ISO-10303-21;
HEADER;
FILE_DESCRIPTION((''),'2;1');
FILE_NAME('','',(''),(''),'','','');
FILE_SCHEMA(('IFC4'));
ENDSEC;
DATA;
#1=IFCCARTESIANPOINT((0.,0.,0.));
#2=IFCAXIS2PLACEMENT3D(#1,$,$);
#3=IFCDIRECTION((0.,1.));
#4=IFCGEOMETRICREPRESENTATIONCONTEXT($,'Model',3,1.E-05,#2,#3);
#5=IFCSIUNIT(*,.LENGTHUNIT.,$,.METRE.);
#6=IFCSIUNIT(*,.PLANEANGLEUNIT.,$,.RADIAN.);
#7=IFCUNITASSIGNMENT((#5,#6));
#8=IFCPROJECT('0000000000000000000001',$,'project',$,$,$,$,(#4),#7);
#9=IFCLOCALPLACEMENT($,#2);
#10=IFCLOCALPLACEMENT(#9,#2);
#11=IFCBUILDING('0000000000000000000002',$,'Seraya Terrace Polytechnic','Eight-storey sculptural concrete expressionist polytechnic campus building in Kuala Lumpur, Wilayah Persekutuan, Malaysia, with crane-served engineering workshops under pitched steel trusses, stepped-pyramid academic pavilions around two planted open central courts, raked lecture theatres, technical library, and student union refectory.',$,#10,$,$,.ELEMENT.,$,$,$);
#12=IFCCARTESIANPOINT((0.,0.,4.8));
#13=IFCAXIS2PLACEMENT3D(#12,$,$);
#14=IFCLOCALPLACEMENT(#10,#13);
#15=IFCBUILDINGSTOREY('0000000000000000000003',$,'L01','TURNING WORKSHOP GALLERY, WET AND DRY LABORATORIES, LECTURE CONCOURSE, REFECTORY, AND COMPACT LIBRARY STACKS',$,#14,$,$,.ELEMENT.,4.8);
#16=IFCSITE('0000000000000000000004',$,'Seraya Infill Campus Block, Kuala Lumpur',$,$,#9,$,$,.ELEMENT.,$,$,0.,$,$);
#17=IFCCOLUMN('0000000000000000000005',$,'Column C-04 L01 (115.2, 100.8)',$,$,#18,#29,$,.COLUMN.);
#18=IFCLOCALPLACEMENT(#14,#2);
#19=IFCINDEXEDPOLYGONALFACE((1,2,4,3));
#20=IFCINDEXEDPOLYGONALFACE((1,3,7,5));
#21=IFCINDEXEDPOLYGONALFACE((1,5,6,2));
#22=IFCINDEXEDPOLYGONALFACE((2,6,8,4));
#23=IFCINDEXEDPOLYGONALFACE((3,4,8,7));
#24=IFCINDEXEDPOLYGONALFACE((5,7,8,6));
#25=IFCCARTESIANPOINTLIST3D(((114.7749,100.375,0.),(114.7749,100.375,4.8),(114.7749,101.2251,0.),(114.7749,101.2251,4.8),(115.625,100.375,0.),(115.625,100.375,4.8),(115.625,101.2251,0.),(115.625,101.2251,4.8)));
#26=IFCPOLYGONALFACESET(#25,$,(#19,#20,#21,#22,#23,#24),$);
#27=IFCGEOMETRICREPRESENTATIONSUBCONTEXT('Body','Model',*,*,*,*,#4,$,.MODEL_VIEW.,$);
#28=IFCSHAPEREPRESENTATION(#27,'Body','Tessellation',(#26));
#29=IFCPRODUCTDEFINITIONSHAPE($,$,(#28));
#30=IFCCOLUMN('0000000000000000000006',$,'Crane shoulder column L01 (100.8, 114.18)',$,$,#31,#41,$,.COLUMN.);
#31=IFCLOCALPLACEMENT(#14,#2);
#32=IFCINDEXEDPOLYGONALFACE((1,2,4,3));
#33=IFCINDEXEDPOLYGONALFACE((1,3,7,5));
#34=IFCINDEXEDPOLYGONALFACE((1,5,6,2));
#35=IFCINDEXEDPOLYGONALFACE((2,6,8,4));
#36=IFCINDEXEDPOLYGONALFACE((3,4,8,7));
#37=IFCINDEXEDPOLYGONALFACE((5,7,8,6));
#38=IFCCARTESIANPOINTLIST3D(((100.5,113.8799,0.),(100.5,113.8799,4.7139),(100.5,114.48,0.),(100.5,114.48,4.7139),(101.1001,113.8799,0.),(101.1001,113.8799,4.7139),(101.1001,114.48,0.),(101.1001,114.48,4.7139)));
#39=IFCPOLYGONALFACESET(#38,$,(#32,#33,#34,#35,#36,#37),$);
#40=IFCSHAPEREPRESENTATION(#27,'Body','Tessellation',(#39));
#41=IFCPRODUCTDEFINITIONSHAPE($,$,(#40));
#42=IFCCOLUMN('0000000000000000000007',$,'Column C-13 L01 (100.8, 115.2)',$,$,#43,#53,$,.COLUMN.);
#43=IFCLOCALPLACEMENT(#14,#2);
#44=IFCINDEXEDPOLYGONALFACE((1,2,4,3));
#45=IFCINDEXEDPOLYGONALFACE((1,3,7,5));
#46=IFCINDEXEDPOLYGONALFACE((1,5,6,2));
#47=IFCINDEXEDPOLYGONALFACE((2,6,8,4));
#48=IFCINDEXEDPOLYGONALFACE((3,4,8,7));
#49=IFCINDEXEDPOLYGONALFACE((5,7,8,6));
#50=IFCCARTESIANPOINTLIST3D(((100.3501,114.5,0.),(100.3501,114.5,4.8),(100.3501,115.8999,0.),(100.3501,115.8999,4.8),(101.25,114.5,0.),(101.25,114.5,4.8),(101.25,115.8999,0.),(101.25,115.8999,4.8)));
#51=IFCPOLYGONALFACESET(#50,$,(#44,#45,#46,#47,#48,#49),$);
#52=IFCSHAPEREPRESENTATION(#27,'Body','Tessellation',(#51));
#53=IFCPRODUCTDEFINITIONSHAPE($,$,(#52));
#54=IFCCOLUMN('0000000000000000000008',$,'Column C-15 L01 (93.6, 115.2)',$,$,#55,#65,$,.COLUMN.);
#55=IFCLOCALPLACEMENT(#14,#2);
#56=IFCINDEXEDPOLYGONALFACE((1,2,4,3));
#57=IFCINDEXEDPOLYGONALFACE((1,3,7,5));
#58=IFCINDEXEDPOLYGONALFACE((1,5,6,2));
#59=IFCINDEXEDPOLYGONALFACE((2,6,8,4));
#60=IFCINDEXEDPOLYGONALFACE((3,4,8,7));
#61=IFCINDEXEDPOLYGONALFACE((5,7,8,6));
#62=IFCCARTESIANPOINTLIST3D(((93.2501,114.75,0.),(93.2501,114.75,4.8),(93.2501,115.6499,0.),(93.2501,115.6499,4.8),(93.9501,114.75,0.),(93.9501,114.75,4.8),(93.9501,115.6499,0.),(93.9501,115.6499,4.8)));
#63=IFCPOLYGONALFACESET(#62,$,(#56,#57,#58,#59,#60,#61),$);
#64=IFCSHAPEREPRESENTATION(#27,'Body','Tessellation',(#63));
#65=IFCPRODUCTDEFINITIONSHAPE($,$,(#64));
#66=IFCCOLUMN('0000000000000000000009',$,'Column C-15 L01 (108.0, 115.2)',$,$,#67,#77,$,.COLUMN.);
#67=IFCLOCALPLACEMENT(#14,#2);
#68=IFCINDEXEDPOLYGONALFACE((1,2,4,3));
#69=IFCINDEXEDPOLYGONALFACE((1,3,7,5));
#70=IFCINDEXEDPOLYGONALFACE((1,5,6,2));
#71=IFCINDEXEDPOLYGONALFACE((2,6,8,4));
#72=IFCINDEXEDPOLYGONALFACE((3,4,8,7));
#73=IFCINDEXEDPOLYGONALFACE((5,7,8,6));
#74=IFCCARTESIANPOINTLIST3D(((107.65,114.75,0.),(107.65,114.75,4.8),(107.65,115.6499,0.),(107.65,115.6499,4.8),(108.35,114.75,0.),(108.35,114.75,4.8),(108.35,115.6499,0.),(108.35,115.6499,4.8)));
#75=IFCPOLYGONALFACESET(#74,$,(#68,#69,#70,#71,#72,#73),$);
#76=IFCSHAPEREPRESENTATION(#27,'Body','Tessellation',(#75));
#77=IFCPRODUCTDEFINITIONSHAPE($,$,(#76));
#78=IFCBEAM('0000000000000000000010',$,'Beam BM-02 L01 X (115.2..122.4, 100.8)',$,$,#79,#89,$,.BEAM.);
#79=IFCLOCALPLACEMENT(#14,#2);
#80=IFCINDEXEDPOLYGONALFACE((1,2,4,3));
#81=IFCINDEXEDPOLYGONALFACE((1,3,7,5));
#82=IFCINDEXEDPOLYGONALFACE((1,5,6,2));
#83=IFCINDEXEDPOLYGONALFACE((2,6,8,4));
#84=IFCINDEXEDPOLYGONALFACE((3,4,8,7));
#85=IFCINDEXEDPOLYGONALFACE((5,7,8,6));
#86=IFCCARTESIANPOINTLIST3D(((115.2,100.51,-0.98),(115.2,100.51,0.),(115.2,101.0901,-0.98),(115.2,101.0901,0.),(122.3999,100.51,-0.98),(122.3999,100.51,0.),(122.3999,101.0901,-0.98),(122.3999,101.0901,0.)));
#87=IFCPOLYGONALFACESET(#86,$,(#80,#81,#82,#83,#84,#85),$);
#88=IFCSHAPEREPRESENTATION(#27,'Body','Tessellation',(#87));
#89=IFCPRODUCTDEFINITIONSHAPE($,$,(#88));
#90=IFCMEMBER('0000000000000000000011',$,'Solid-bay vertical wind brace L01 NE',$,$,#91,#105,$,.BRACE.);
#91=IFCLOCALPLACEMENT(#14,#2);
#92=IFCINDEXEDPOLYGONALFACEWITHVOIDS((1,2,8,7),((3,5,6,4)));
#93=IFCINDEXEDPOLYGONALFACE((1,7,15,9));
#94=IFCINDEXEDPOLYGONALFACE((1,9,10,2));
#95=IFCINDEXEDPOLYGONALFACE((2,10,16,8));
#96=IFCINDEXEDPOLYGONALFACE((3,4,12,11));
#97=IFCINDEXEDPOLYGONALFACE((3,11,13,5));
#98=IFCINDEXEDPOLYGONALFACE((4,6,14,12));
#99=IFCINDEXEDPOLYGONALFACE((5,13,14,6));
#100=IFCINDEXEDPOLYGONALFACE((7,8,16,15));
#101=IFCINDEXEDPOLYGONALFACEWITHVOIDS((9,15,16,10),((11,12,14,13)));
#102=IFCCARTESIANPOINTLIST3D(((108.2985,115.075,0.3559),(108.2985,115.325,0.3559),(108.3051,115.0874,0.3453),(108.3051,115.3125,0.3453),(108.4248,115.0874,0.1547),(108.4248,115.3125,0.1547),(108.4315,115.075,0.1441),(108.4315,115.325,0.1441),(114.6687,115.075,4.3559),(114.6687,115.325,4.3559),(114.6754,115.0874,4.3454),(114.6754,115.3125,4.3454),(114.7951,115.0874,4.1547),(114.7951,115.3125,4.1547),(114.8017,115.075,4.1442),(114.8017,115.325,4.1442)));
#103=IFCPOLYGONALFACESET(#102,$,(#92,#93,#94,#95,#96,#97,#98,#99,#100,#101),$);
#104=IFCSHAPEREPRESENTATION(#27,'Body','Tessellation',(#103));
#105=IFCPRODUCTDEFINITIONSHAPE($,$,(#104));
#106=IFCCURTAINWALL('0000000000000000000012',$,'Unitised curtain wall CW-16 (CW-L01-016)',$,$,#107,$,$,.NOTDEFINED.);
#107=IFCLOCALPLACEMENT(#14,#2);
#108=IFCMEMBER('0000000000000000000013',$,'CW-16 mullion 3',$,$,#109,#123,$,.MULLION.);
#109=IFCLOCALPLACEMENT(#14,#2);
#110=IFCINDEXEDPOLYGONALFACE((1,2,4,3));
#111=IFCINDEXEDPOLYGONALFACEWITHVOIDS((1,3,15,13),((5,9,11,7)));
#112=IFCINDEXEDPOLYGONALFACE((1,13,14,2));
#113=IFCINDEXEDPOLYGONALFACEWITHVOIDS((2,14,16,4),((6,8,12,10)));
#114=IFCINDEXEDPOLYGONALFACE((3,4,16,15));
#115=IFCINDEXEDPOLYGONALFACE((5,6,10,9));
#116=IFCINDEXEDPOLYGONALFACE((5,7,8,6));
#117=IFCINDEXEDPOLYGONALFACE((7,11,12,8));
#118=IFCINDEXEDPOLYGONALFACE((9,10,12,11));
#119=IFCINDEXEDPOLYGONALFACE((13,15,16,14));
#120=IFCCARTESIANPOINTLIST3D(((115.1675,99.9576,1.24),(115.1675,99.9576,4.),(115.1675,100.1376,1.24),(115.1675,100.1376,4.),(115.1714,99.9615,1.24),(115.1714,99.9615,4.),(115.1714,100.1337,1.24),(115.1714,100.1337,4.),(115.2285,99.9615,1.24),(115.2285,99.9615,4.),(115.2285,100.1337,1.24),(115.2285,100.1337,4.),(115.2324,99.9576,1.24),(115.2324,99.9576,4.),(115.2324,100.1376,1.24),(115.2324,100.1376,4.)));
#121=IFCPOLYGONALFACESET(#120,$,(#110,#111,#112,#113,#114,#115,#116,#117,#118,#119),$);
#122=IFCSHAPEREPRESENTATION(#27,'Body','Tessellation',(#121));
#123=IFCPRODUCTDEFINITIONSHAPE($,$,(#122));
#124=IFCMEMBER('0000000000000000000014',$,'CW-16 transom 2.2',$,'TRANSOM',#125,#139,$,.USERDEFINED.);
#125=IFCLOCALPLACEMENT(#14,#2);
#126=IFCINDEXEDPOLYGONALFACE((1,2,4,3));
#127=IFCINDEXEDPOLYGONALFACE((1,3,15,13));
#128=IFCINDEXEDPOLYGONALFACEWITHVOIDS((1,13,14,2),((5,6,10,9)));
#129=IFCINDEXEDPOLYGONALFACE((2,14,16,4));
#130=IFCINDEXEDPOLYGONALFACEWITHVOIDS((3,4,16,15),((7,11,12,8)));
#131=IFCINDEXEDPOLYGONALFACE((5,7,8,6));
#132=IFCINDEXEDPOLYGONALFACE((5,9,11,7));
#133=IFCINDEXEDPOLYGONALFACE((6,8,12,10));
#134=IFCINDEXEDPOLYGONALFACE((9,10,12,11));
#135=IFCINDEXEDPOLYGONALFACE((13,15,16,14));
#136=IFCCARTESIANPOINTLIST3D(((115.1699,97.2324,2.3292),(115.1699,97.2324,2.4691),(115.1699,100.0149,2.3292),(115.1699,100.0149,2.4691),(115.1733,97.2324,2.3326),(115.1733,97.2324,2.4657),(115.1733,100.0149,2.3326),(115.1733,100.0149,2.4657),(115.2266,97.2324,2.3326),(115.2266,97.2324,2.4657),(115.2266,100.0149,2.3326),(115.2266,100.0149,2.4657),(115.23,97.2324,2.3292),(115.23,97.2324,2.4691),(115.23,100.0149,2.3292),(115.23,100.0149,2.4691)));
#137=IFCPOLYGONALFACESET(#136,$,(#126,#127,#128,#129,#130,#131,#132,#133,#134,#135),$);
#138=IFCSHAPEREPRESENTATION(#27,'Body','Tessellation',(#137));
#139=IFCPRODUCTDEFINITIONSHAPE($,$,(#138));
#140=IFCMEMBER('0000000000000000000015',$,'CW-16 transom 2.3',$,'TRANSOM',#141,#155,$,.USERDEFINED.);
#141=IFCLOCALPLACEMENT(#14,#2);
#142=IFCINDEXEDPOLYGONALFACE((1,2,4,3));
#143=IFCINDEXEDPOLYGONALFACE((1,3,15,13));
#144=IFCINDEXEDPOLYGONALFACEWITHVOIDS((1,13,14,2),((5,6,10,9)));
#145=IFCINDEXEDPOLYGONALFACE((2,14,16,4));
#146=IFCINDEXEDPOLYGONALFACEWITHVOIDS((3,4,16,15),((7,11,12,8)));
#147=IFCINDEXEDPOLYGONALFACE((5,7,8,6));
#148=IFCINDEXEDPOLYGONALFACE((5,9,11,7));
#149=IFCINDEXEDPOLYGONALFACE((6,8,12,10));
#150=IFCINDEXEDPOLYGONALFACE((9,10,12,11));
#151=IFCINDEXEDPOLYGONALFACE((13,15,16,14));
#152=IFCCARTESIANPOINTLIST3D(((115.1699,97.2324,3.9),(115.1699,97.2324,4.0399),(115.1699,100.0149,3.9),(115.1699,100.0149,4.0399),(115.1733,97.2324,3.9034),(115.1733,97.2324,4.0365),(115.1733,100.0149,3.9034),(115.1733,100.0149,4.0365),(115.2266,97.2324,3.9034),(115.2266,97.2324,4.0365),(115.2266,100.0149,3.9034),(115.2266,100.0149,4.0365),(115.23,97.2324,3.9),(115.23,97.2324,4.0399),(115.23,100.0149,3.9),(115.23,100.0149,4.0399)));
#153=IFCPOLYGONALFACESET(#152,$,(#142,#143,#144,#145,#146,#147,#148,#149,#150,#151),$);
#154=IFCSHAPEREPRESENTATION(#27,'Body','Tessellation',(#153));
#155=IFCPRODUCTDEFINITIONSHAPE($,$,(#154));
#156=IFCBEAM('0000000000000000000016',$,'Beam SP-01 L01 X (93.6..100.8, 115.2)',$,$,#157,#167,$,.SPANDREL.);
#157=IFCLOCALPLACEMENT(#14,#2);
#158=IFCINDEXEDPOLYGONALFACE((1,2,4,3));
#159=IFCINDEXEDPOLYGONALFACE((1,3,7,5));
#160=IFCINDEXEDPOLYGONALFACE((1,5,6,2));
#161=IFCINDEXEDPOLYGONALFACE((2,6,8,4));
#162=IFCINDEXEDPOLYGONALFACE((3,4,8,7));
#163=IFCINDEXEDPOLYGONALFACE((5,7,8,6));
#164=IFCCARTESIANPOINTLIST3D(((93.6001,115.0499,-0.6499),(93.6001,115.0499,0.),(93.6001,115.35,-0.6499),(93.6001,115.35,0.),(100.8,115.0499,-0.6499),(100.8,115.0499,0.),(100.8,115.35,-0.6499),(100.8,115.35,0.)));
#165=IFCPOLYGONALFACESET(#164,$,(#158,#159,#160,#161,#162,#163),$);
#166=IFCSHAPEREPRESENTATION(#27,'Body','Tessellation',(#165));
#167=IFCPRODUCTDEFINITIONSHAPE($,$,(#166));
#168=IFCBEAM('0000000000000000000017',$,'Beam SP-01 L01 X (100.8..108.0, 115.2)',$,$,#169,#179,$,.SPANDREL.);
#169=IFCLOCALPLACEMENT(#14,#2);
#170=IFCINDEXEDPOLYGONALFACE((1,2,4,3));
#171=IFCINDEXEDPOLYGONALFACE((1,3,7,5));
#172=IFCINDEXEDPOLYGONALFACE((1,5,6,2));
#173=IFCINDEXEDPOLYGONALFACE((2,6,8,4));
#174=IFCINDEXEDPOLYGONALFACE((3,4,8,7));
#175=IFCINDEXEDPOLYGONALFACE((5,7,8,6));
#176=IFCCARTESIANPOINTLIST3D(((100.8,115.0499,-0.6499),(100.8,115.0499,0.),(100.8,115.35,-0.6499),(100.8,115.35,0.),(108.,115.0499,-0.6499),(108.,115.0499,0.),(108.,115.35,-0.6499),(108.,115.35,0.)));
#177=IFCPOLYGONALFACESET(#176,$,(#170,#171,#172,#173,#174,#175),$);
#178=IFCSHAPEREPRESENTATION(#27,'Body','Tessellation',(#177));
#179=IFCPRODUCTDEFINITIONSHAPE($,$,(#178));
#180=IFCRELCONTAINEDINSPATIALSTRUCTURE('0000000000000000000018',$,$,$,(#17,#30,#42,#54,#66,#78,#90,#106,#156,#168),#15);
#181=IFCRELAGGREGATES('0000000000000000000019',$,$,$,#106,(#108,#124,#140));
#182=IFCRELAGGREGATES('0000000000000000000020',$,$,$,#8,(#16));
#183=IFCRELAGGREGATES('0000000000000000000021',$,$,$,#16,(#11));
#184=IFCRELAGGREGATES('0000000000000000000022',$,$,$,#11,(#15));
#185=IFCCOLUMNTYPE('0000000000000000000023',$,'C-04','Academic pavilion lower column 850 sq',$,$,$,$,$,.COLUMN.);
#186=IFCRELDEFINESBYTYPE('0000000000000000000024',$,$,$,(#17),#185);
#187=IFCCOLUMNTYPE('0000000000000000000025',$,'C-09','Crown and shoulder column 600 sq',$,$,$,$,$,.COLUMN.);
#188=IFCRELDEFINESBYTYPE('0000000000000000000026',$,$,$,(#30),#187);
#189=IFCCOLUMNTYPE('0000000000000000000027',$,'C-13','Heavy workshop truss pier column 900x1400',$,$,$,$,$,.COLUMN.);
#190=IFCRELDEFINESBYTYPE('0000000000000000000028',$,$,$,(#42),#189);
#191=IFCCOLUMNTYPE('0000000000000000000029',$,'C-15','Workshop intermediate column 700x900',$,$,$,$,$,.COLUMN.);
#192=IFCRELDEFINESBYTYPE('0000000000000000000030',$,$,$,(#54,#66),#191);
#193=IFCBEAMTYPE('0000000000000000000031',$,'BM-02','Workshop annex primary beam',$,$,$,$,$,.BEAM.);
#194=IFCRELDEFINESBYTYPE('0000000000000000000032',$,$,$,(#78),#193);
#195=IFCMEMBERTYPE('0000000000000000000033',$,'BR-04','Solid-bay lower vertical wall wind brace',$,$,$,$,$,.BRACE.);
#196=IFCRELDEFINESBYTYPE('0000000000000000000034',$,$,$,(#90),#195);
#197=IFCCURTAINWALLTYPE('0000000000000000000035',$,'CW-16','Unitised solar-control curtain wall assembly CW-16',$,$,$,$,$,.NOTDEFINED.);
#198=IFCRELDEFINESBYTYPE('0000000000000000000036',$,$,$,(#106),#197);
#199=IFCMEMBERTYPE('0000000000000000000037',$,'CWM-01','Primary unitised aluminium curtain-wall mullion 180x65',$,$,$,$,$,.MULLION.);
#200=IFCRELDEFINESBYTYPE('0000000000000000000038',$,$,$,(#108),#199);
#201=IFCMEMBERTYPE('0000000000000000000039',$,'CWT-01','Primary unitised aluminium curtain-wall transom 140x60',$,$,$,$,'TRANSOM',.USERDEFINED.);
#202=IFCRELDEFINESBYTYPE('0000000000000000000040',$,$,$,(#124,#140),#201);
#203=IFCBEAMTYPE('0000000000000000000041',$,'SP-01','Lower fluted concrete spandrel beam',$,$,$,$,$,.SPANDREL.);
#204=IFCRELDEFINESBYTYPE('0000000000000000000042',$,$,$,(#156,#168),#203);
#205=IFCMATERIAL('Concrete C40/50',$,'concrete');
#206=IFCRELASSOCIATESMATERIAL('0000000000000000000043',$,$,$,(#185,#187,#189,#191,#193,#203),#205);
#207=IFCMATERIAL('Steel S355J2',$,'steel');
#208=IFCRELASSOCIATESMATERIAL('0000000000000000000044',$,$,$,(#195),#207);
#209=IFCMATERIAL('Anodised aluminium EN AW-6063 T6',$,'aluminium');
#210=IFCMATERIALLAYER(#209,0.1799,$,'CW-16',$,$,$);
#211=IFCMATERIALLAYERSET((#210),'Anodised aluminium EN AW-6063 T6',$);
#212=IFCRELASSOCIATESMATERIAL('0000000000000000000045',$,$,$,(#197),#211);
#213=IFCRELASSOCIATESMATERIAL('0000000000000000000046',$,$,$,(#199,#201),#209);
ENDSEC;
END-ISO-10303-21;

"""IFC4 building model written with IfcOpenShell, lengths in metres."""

from ifc_helpers import new_model, si_unit, direction, frame, origin, origin_2d, place, context, subcontext, project, spatial, rectangle, hollow_rectangle, extrude, material, layer, layer_set, material_profile, profile_set, type_object, element, aggregate, save


model = new_model("IFC4")

# Units and contexts
model_context = context("Model", 3, precision=1e-05, world=origin(), true_north=direction((0.0, 1.0)))
body_context = subcontext(model_context, "Body", "Model", "MODEL_VIEW")
ifc_project = project(units=[si_unit("LENGTHUNIT", "METRE"), si_unit("PLANEANGLEUNIT", "RADIAN")], contexts=[model_context])

# Site, building, storey
site_placement = place(None, origin())
site = spatial("IfcSite", under=ifc_project, at=site_placement, Name="Seraya Infill Campus Block, Kuala Lumpur", CompositionType="ELEMENT", RefElevation=0.0)
building_placement = place(site_placement, origin())
building = spatial("IfcBuilding", under=site, at=building_placement, Name="Seraya Terrace Polytechnic", Description="Eight-storey sculptural concrete expressionist polytechnic campus building in Kuala Lumpur, Wilayah Persekutuan, Malaysia, with crane-served engineering workshops under pitched steel trusses, stepped-pyramid academic pavilions around two planted open central courts, raked lecture theatres, technical library, and student union refectory.", CompositionType="ELEMENT")
storey_placement = place(building_placement, frame((0.0, 0.0, 4.8)))
storey = spatial("IfcBuildingStorey", under=building, at=storey_placement, Name="L01", Description="TURNING WORKSHOP GALLERY, WET AND DRY LABORATORIES, LECTURE CONCOURSE, REFECTORY, AND COMPACT LIBRARY STACKS", CompositionType="ELEMENT", Elevation=4.8)

# Columns
ifc_material_1 = material(Name="Concrete C40/50", Category="concrete")
ifc_material_profile_1 = material_profile(ifc_material_1, rectangle(XDim=0.8501, YDim=0.8501, at=origin_2d()), Name="RC 850x850")
ifc_profile_set_1 = profile_set([ifc_material_profile_1], Name="Concrete C40/50")
column_type_1 = type_object("IfcColumnType", Name="C-04", Description="Academic pavilion lower column 850 sq", PredefinedType="COLUMN", material=ifc_profile_set_1)
column_1_placement = place(storey_placement, frame((115.2, 100.8, 0.0), z_axis=(0.0, 0.0, 1.0), x_axis=(1.0, 0.0, 0.0)))
element("IfcColumn", 1, at=column_1_placement, inside=storey, type_object=column_type_1, Name="Column C-04 L01 (115.2, 100.8)", PredefinedType="COLUMN", context=body_context, shape_type="SweptSolid", body=[
    extrude(rectangle(XDim=0.8501, YDim=0.8501, at=origin_2d()), origin(), (0.0, 0.0, 1.0), 4.8),
])
ifc_material_profile_2 = material_profile(ifc_material_1, rectangle(XDim=0.6001, YDim=0.6001, at=origin_2d()), Name="RC 600x600")
ifc_profile_set_2 = profile_set([ifc_material_profile_2], Name="Concrete C40/50")
column_type_2 = type_object("IfcColumnType", Name="C-09", Description="Crown and shoulder column 600 sq", PredefinedType="COLUMN", material=ifc_profile_set_2)
column_2_placement = place(storey_placement, frame((100.8, 114.1799, 0.0), z_axis=(0.0, 0.0, 1.0), x_axis=(1.0, 0.0, 0.0)))
element("IfcColumn", 2, at=column_2_placement, inside=storey, type_object=column_type_2, Name="Crane shoulder column L01 (100.8, 114.18)", PredefinedType="COLUMN", context=body_context, shape_type="SweptSolid", body=[
    extrude(rectangle(XDim=0.6001, YDim=0.6001, at=origin_2d()), origin(), (0.0, 0.0, 1.0), 4.7139),
])
ifc_material_profile_3 = material_profile(ifc_material_1, rectangle(XDim=0.8999, YDim=1.3999, at=origin_2d()), Name="RC 900x1400")
ifc_profile_set_3 = profile_set([ifc_material_profile_3], Name="Concrete C40/50")
column_type_3 = type_object("IfcColumnType", Name="C-13", Description="Heavy workshop truss pier column 900x1400", PredefinedType="COLUMN", material=ifc_profile_set_3)
column_3_placement = place(storey_placement, frame((100.8, 115.2, 0.0), z_axis=(0.0, 0.0, 1.0), x_axis=(1.0, 0.0, 0.0)))
element("IfcColumn", 3, at=column_3_placement, inside=storey, type_object=column_type_3, Name="Column C-13 L01 (100.8, 115.2)", PredefinedType="COLUMN", context=body_context, shape_type="SweptSolid", body=[
    extrude(rectangle(XDim=0.8999, YDim=1.3999, at=origin_2d()), origin(), (0.0, 0.0, 1.0), 4.8),
])
ifc_material_profile_4 = material_profile(ifc_material_1, rectangle(XDim=0.7, YDim=0.8999, at=origin_2d()), Name="RC 700x900")
ifc_profile_set_4 = profile_set([ifc_material_profile_4], Name="Concrete C40/50")
column_type_4 = type_object("IfcColumnType", Name="C-15", Description="Workshop intermediate column 700x900", PredefinedType="COLUMN", material=ifc_profile_set_4)
for number, where, z_axis, x_axis, name in (
    (4, (93.6001, 115.2, 0.0), (0.0, 0.0, 1.0), (1.0, 0.0, 0.0), "Column C-15 L01 (93.6, 115.2)"),
    (5, (108.0, 115.2, 0.0), (0.0, 0.0, 1.0), (1.0, 0.0, 0.0), "Column C-15 L01 (108.0, 115.2)"),
):
    element("IfcColumn", number, at=place(storey_placement, frame(where, z_axis=z_axis, x_axis=x_axis)), inside=storey, type_object=column_type_4, Name=name, PredefinedType="COLUMN", context=body_context, shape_type="SweptSolid", body=[
        extrude(rectangle(XDim=0.7, YDim=0.8999, at=origin_2d()), origin(), (0.0, 0.0, 1.0), 4.8),
    ])

# Beam
ifc_material_profile_5 = material_profile(ifc_material_1, rectangle(XDim=0.5801, YDim=0.98, at=origin_2d()), Name="RC 580x980")
ifc_profile_set_5 = profile_set([ifc_material_profile_5], Name="Concrete C40/50")
beam_type_1 = type_object("IfcBeamType", Name="BM-02", Description="Workshop annex primary beam", PredefinedType="BEAM", material=ifc_profile_set_5)
beam_placement = place(storey_placement, frame((115.2, 100.8, -0.49), z_axis=(1.0, 0.0, 0.0), x_axis=(0.0, 1.0, 0.0)))
element("IfcBeam", 6, at=beam_placement, inside=storey, type_object=beam_type_1, Name="Beam BM-02 L01 X (115.2..122.4, 100.8)", PredefinedType="BEAM", context=body_context, shape_type="SweptSolid", body=[
    extrude(rectangle(XDim=0.5801, YDim=0.98, at=origin_2d()), origin(), (0.0, 0.0, 1.0), 7.2),
])

# Member
ifc_material_2 = material(Name="Steel S355J2", Category="steel")
ifc_material_profile_6 = material_profile(ifc_material_2, hollow_rectangle(XDim=0.25, YDim=0.25, WallThickness=0.0125, at=origin_2d()), Name="SHS 250x250x12.5")
ifc_profile_set_6 = profile_set([ifc_material_profile_6], Name="Steel S355J2")
member_type_1 = type_object("IfcMemberType", Name="BR-04", Description="Solid-bay lower vertical wall wind brace", PredefinedType="BRACE", material=ifc_profile_set_6)
member_1_placement = place(storey_placement, frame((108.365, 115.2, 0.25), z_axis=(0.84688, 0.0, 0.531783), x_axis=(0.0, 1.0, 0.0)))
element("IfcMember", 7, at=member_1_placement, inside=storey, type_object=member_type_1, Name="Solid-bay vertical wind brace L01 NE", PredefinedType="BRACE", context=body_context, shape_type="SweptSolid", body=[
    extrude(hollow_rectangle(XDim=0.25, YDim=0.25, WallThickness=0.0125, at=origin_2d()), origin(), (0.0, 0.0, 1.0), 7.522),
])

# Curtain wall, members
ifc_material_3 = material(Name="Anodised aluminium EN AW-6063 T6", Category="aluminium")
ifc_layer_1 = layer(ifc_material_3, 0.1799, Name="CW-16")
ifc_layer_set_1 = layer_set([ifc_layer_1], Name="Anodised aluminium EN AW-6063 T6")
curtain_wall_type = type_object("IfcCurtainWallType", Name="CW-16", Description="Unitised solar-control curtain wall assembly CW-16", PredefinedType="NOTDEFINED", material=ifc_layer_set_1)
curtain_wall_placement = place(storey_placement, origin())
curtain_wall = element("IfcCurtainWall", 8, at=curtain_wall_placement, inside=storey, type_object=curtain_wall_type, Name="Unitised curtain wall CW-16 (CW-L01-016)", PredefinedType="NOTDEFINED")
ifc_material_profile_7 = material_profile(ifc_material_3, hollow_rectangle(XDim=0.0649, YDim=0.1799, WallThickness=0.0039, at=origin_2d()), Name="RHS 180x65x4.0")
ifc_profile_set_7 = profile_set([ifc_material_profile_7], Name="Anodised aluminium EN AW-6063 T6")
member_type_2 = type_object("IfcMemberType", Name="CWM-01", Description="Primary unitised aluminium curtain-wall mullion 180x65", PredefinedType="MULLION", material=ifc_profile_set_7)
member_2_placement = place(storey_placement, frame((115.2, 100.0476, 1.24), z_axis=(0.0, 0.0, 1.0), x_axis=(-1.0, 0.0, 0.0)))
member_2 = element("IfcMember", 9, at=member_2_placement, type_object=member_type_2, Name="CW-16 mullion 3", PredefinedType="MULLION", context=body_context, shape_type="SweptSolid", body=[
    extrude(hollow_rectangle(XDim=0.0649, YDim=0.1799, WallThickness=0.0039, at=origin_2d()), origin(), (0.0, 0.0, 1.0), 2.76),
])
ifc_material_profile_8 = material_profile(ifc_material_3, hollow_rectangle(XDim=0.0601, YDim=0.1399, WallThickness=0.0034, at=origin_2d()), Name="RHS 140x60x3.5")
ifc_profile_set_8 = profile_set([ifc_material_profile_8], Name="Anodised aluminium EN AW-6063 T6")
member_type_3 = type_object("IfcMemberType", Name="CWT-01", Description="Primary unitised aluminium curtain-wall transom 140x60", ElementType="TRANSOM", PredefinedType="USERDEFINED", material=ifc_profile_set_8)
member_3_placement = place(storey_placement, frame((115.2, 97.2324, 2.3992), z_axis=(0.0, 1.0, 0.0), x_axis=(-1.0, 0.0, 0.0)))
member_3 = element("IfcMember", 10, at=member_3_placement, type_object=member_type_3, Name="CW-16 transom 2.2", ObjectType="TRANSOM", PredefinedType="USERDEFINED", context=body_context, shape_type="SweptSolid", body=[
    extrude(hollow_rectangle(XDim=0.0601, YDim=0.1399, WallThickness=0.0034, at=origin_2d()), origin(), (0.0, 0.0, 1.0), 2.7825),
])
member_4_placement = place(storey_placement, frame((115.2, 97.2324, 3.97), z_axis=(0.0, 1.0, 0.0), x_axis=(-1.0, 0.0, 0.0)))
member_4 = element("IfcMember", 11, at=member_4_placement, type_object=member_type_3, Name="CW-16 transom 2.3", ObjectType="TRANSOM", PredefinedType="USERDEFINED", context=body_context, shape_type="SweptSolid", body=[
    extrude(hollow_rectangle(XDim=0.0601, YDim=0.1399, WallThickness=0.0034, at=origin_2d()), origin(), (0.0, 0.0, 1.0), 2.7825),
])

# Beams
ifc_material_profile_9 = material_profile(ifc_material_1, rectangle(XDim=0.3, YDim=0.6499, at=origin_2d()), Name="RC 300x650")
ifc_profile_set_9 = profile_set([ifc_material_profile_9], Name="Concrete C40/50")
beam_type_2 = type_object("IfcBeamType", Name="SP-01", Description="Lower fluted concrete spandrel beam", PredefinedType="SPANDREL", material=ifc_profile_set_9)
for number, where, z_axis, x_axis, name in (
    (12, (93.6001, 115.2, -0.325), (1.0, 0.0, 0.0), (0.0, 1.0, 0.0), "Beam SP-01 L01 X (93.6..100.8, 115.2)"),
    (13, (100.8, 115.2, -0.325), (1.0, 0.0, 0.0), (0.0, 1.0, 0.0), "Beam SP-01 L01 X (100.8..108.0, 115.2)"),
):
    element("IfcBeam", number, at=place(storey_placement, frame(where, z_axis=z_axis, x_axis=x_axis)), inside=storey, type_object=beam_type_2, Name=name, PredefinedType="SPANDREL", context=body_context, shape_type="SweptSolid", body=[
        extrude(rectangle(XDim=0.3, YDim=0.6499, at=origin_2d()), origin(), (0.0, 0.0, 1.0), 7.2),
    ])

aggregate(curtain_wall, [member_2, member_3, member_4])

save(model, "model.ifc")
